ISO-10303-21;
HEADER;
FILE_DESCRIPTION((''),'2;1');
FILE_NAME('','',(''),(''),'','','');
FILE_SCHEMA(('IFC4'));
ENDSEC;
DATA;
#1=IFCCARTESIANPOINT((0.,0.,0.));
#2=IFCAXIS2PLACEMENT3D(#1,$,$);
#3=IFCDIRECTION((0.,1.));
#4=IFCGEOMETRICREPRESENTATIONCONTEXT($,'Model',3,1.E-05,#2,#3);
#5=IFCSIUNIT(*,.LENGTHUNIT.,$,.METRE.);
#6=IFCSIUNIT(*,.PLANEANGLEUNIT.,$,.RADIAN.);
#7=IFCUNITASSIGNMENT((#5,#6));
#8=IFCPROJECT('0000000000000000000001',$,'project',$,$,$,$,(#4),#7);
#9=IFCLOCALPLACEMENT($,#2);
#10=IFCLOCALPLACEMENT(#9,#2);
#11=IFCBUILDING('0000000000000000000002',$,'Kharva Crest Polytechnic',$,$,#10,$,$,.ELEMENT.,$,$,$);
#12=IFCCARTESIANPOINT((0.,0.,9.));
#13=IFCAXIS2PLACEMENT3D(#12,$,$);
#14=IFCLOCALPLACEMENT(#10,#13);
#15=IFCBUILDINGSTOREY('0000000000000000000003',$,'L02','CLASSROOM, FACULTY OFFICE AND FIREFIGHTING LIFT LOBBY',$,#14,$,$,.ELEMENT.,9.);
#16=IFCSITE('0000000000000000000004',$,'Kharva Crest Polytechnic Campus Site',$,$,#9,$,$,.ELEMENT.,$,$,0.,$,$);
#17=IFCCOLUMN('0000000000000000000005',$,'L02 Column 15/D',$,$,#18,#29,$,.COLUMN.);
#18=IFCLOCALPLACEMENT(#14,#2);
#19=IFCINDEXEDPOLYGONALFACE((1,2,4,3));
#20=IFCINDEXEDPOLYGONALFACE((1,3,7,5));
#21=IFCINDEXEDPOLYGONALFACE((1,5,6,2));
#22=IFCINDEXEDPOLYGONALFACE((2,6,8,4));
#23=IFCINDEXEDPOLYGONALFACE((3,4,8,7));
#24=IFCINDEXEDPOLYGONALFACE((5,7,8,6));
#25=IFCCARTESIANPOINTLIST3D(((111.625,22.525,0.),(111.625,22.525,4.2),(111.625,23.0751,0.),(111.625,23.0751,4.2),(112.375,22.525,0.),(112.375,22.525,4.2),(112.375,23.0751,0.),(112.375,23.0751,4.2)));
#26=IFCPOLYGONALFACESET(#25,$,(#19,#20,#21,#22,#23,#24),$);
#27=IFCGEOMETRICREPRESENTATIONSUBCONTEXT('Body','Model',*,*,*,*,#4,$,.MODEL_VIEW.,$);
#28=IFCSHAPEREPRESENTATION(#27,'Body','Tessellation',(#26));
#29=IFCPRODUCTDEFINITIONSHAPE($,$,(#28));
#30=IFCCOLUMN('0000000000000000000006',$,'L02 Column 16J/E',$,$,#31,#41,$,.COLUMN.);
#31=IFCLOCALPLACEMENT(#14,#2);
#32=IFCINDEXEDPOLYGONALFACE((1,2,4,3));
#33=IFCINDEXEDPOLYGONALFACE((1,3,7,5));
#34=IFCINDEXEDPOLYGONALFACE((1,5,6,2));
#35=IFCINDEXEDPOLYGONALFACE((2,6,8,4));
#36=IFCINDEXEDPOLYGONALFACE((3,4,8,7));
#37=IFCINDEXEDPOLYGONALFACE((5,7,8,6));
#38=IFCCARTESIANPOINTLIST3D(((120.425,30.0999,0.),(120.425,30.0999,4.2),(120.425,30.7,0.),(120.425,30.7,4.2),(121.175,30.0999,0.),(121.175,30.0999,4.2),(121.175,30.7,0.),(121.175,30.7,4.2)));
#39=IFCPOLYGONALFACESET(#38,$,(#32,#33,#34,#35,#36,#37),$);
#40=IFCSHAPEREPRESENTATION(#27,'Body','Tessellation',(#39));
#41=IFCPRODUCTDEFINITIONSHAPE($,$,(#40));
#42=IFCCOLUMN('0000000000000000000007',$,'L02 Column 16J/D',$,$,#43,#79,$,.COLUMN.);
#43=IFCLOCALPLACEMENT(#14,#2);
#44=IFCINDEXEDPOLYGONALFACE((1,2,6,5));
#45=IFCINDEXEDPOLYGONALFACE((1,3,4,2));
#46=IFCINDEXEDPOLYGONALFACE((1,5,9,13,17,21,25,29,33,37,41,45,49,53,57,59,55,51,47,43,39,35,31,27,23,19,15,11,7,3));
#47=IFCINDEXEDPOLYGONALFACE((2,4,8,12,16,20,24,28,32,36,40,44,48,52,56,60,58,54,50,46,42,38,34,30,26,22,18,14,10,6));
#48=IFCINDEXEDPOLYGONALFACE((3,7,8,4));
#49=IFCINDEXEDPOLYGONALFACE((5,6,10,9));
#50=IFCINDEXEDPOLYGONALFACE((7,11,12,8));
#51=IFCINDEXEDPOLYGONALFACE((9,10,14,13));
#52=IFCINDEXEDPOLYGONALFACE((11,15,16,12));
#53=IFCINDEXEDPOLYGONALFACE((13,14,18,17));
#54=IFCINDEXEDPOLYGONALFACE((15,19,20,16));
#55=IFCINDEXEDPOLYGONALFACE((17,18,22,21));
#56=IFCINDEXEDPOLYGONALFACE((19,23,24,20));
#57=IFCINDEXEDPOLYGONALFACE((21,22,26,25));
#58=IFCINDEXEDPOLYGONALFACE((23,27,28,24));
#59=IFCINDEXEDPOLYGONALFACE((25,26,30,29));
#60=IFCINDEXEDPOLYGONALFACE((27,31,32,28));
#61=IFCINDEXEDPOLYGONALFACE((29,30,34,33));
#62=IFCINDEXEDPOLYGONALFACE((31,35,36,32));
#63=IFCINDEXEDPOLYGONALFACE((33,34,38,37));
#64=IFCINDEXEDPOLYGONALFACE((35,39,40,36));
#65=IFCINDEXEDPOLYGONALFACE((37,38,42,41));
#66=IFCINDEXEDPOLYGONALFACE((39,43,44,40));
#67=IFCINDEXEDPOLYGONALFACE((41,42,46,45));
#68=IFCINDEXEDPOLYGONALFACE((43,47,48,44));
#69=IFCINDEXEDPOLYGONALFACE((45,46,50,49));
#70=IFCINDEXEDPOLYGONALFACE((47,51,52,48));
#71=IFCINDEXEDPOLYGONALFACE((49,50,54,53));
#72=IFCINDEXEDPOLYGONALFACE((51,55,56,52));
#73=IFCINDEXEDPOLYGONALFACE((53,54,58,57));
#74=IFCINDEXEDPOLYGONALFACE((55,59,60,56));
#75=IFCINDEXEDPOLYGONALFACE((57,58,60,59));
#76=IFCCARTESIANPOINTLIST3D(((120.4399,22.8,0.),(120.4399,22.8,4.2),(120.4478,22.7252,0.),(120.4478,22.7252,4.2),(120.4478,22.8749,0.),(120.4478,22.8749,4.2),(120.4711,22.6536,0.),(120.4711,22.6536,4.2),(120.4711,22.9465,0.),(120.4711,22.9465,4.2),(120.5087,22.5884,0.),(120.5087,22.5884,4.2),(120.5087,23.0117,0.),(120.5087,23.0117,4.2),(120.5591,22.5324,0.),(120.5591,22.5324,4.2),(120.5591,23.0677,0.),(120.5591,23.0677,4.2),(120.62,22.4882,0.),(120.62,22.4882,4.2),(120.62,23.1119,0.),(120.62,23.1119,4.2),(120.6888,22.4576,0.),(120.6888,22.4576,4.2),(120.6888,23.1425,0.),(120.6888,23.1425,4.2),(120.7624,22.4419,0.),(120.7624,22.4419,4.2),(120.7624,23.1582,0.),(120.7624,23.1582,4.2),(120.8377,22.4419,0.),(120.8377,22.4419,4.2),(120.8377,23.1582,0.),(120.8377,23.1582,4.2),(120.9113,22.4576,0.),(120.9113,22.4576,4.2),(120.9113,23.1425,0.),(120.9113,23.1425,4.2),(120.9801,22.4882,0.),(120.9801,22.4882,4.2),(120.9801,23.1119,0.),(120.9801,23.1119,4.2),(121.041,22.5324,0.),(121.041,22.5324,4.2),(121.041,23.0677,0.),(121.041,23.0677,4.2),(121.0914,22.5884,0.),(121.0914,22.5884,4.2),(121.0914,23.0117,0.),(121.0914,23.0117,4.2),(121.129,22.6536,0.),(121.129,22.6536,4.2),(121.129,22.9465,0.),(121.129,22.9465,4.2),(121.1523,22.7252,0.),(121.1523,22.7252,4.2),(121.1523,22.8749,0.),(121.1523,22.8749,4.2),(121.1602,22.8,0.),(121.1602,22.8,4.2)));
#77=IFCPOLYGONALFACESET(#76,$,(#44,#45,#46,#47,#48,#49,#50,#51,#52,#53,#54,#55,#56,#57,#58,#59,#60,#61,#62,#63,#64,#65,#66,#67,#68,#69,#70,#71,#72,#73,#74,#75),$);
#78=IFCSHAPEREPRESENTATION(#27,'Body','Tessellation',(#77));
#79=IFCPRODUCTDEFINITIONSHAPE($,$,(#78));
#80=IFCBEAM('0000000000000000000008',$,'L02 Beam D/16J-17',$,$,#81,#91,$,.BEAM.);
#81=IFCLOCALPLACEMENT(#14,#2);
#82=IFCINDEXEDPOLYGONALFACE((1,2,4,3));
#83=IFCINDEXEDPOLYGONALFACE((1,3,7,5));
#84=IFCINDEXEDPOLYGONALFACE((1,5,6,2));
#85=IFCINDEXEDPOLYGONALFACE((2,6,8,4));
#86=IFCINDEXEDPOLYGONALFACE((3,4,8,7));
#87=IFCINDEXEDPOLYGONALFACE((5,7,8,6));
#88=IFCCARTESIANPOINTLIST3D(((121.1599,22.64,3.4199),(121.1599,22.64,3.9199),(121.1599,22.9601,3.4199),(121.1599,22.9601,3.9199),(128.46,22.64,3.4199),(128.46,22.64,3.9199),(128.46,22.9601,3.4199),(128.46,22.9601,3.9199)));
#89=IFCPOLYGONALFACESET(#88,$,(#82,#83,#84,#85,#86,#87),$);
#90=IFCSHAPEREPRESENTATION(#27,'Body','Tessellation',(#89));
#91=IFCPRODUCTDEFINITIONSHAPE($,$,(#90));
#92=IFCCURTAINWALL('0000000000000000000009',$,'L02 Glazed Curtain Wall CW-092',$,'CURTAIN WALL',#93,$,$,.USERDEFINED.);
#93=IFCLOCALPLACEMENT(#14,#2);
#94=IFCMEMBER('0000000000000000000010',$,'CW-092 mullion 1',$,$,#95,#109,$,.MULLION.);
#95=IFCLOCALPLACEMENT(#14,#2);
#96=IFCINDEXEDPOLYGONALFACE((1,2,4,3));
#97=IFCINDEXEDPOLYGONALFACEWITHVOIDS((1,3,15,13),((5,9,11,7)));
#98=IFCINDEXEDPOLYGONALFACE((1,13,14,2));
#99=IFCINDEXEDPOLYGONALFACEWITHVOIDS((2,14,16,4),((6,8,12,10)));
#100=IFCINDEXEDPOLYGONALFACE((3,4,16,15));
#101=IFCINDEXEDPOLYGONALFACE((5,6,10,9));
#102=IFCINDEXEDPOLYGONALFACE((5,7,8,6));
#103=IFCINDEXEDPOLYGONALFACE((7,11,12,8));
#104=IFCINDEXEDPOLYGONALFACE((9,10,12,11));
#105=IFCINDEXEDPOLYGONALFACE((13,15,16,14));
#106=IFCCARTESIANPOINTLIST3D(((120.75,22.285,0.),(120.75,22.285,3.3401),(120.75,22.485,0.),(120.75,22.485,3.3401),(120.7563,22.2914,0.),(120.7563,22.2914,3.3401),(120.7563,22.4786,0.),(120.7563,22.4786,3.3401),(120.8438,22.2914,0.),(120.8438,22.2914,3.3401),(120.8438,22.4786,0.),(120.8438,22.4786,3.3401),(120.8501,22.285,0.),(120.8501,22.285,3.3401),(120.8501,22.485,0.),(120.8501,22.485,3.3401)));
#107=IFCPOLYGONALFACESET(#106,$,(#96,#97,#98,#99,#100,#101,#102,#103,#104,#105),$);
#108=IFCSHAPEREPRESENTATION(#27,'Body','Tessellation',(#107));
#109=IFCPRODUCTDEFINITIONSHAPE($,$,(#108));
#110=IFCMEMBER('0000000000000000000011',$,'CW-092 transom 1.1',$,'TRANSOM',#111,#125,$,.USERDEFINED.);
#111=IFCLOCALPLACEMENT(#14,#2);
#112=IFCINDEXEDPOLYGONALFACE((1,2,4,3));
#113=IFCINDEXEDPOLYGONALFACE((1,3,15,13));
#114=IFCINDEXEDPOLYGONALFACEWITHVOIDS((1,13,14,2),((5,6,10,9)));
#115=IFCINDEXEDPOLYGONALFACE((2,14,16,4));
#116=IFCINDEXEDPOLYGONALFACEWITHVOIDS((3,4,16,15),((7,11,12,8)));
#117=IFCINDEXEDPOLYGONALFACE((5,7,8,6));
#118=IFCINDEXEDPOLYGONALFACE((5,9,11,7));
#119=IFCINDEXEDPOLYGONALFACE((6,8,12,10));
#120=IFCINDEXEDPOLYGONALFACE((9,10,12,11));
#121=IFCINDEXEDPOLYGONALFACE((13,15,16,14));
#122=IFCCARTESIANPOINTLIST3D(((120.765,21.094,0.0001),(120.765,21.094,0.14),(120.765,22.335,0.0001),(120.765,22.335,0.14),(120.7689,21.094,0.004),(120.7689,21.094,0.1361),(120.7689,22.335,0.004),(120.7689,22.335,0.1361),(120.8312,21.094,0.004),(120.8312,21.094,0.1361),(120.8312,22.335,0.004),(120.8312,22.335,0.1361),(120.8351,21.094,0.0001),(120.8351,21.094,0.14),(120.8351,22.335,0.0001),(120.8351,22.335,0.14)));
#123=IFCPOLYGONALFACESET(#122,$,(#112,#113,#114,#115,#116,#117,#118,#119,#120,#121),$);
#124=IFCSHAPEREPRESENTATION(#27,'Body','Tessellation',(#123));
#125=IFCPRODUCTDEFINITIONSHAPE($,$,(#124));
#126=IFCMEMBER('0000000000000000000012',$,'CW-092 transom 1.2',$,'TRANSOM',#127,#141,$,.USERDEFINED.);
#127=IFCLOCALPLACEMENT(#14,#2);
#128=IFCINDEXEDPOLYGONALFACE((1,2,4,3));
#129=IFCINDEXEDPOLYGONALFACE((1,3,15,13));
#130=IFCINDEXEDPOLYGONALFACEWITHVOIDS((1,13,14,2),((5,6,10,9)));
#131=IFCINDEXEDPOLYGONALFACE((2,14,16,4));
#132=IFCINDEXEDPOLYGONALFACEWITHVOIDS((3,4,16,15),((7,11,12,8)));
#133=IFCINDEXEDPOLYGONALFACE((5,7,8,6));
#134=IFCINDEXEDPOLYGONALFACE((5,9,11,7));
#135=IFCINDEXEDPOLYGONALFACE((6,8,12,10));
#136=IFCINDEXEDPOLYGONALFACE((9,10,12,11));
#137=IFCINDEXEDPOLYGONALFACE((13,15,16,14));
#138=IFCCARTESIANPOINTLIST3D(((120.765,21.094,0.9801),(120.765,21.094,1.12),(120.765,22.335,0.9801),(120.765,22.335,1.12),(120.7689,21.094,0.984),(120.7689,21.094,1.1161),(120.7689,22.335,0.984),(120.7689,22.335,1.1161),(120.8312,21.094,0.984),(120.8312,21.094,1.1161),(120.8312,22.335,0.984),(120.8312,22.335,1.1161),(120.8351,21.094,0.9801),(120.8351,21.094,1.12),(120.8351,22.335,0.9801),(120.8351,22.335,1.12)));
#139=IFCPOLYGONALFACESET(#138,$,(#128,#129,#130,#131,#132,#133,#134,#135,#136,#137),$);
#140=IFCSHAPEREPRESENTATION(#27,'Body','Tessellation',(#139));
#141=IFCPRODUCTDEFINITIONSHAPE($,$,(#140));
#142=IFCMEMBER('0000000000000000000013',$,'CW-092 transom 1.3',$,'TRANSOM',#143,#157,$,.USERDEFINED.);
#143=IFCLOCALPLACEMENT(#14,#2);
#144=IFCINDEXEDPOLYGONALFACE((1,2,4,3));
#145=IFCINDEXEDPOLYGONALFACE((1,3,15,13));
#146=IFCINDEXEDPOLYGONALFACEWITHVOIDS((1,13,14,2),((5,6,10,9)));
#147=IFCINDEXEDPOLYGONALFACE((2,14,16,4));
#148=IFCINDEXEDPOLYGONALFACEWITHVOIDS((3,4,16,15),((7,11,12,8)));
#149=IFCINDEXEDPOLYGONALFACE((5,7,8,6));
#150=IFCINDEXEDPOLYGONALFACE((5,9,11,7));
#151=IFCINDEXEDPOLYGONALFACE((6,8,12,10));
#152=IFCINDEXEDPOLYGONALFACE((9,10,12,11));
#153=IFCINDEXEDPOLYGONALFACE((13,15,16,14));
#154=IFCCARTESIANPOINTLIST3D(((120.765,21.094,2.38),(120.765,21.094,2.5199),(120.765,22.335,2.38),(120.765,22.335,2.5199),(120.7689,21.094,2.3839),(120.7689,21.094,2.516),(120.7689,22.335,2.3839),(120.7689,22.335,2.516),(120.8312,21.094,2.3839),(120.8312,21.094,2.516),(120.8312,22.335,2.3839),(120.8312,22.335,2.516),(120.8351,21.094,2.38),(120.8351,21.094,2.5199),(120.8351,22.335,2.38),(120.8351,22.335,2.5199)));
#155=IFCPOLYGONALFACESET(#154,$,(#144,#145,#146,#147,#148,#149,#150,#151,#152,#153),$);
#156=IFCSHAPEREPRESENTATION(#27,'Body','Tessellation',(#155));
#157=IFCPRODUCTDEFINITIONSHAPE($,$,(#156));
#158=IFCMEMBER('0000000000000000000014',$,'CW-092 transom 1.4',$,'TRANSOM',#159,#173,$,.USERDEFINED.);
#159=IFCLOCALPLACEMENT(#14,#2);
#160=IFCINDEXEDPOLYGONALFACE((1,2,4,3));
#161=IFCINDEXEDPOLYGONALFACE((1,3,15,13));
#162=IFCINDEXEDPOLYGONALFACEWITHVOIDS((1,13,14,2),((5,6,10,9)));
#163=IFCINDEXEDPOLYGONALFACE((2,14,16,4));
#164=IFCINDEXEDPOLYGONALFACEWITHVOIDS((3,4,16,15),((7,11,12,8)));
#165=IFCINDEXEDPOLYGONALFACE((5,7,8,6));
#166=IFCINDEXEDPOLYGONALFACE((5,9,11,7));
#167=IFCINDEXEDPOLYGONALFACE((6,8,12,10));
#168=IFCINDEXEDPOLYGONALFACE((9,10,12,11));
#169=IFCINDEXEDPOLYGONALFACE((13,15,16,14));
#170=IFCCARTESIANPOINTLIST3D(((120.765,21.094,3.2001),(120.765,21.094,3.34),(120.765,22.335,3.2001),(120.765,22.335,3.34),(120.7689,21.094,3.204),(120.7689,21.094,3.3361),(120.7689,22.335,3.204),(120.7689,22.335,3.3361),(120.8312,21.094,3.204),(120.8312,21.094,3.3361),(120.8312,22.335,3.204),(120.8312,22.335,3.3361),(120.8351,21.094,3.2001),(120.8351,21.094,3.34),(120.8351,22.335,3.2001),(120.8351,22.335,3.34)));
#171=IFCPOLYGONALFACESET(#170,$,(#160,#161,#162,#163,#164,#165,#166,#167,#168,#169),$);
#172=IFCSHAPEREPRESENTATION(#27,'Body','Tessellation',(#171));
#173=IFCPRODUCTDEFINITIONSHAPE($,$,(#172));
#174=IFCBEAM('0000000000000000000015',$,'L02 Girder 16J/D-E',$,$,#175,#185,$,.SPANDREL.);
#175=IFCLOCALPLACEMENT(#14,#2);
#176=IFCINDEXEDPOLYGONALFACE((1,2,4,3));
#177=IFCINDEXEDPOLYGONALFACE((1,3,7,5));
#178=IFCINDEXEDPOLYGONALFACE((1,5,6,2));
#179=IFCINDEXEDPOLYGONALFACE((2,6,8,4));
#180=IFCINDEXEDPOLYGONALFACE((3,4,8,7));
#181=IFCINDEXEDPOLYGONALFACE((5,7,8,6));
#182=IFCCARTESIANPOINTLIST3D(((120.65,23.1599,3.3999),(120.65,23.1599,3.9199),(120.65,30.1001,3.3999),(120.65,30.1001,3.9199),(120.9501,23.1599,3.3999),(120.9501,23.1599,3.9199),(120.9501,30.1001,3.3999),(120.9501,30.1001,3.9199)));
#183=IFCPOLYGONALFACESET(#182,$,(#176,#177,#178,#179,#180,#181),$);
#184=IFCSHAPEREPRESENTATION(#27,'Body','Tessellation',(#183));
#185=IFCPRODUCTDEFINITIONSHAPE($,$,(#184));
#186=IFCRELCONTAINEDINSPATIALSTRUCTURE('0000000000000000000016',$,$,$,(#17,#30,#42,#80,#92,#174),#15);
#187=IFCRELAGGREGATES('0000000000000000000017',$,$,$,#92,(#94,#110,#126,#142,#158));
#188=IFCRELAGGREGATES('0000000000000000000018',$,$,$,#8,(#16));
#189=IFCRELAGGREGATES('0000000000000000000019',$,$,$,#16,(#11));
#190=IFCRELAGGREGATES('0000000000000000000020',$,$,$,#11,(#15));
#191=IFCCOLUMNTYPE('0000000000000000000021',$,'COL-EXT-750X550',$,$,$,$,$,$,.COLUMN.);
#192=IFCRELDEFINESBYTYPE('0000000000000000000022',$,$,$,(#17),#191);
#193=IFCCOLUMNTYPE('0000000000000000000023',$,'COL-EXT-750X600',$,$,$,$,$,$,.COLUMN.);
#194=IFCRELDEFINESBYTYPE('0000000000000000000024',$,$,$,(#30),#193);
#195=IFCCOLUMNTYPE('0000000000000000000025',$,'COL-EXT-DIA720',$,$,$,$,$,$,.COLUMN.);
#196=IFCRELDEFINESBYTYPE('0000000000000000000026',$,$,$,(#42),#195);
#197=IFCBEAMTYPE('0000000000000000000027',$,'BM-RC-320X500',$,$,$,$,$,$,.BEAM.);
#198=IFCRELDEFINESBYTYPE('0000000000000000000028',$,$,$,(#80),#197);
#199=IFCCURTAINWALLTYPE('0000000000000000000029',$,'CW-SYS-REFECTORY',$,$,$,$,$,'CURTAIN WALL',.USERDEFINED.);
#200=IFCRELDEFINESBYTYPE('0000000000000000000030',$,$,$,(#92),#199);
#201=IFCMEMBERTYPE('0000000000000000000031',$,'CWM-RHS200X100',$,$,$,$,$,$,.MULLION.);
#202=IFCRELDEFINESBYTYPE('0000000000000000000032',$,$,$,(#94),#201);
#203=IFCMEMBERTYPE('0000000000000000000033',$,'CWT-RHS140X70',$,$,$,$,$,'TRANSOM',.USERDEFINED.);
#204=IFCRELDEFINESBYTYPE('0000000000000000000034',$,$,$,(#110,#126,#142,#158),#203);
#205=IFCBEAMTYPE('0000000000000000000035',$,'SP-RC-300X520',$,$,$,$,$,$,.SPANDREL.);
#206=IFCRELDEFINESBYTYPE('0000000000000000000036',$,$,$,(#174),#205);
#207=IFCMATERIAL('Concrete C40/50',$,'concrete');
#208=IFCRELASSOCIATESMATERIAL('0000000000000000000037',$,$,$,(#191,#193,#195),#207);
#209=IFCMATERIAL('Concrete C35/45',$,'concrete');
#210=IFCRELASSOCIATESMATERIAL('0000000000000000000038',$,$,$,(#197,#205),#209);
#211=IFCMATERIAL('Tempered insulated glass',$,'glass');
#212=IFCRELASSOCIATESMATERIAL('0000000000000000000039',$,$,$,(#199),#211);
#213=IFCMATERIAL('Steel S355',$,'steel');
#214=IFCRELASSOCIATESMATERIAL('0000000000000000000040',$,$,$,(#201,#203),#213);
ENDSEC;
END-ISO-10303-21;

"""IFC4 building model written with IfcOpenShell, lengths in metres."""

from ifc_helpers import new_model, si_unit, direction, frame, origin, origin_2d, place, context, subcontext, project, spatial, rectangle, hollow_rectangle, circle, extrude, material, material_profile, profile_set, type_object, element, aggregate, save


model = new_model("IFC4")

# Units and contexts
model_context = context("Model", 3, precision=1e-05, world=origin(), true_north=direction((0.0, 1.0)))
body_context = subcontext(model_context, "Body", "Model", "MODEL_VIEW")
ifc_project = project(units=[si_unit("LENGTHUNIT", "METRE"), si_unit("PLANEANGLEUNIT", "RADIAN")], contexts=[model_context])

# Site, building, storey
site_placement = place(None, origin())
site = spatial("IfcSite", under=ifc_project, at=site_placement, Name="Kharva Crest Polytechnic Campus Site", CompositionType="ELEMENT", RefElevation=0.0)
building_placement = place(site_placement, origin())
building = spatial("IfcBuilding", under=site, at=building_placement, Name="Kharva Crest Polytechnic", CompositionType="ELEMENT")
storey_placement = place(building_placement, frame((0.0, 0.0, 9.0)))
storey = spatial("IfcBuildingStorey", under=building, at=storey_placement, Name="L02", Description="CLASSROOM, FACULTY OFFICE AND FIREFIGHTING LIFT LOBBY", CompositionType="ELEMENT", Elevation=9.0)

# Columns
ifc_material_1 = material(Name="Concrete C40/50", Category="concrete")
ifc_material_profile_1 = material_profile(ifc_material_1, rectangle(XDim=0.75, YDim=0.55, at=origin_2d()), Name="RECT 750 X 550")
ifc_profile_set_1 = profile_set([ifc_material_profile_1], Name="Concrete C40/50")
column_type_1 = type_object("IfcColumnType", Name="COL-EXT-750X550", PredefinedType="COLUMN", material=ifc_profile_set_1)
column_1_placement = place(storey_placement, frame((112.0, 22.8, 0.0), z_axis=(0.0, 0.0, 1.0), x_axis=(1.0, 0.0, 0.0)))
element("IfcColumn", 1, at=column_1_placement, inside=storey, type_object=column_type_1, Name="L02 Column 15/D", PredefinedType="COLUMN", context=body_context, shape_type="SweptSolid", body=[
    extrude(rectangle(XDim=0.75, YDim=0.55, at=origin_2d()), origin(), (0.0, 0.0, 1.0), 4.2),
])
ifc_material_profile_2 = material_profile(ifc_material_1, rectangle(XDim=0.75, YDim=0.6001, at=origin_2d()), Name="RECT 750 X 600")
ifc_profile_set_2 = profile_set([ifc_material_profile_2], Name="Concrete C40/50")
column_type_2 = type_object("IfcColumnType", Name="COL-EXT-750X600", PredefinedType="COLUMN", material=ifc_profile_set_2)
column_2_placement = place(storey_placement, frame((120.8, 30.3999, 0.0), z_axis=(0.0, 0.0, 1.0), x_axis=(1.0, 0.0, 0.0)))
element("IfcColumn", 2, at=column_2_placement, inside=storey, type_object=column_type_2, Name="L02 Column 16J/E", PredefinedType="COLUMN", context=body_context, shape_type="SweptSolid", body=[
    extrude(rectangle(XDim=0.75, YDim=0.6001, at=origin_2d()), origin(), (0.0, 0.0, 1.0), 4.2),
])
ifc_material_profile_3 = material_profile(ifc_material_1, circle(Radius=0.3601, at=origin_2d()), Name="DIA 720")
ifc_profile_set_3 = profile_set([ifc_material_profile_3], Name="Concrete C40/50")
column_type_3 = type_object("IfcColumnType", Name="COL-EXT-DIA720", PredefinedType="COLUMN", material=ifc_profile_set_3)
column_3_placement = place(storey_placement, frame((120.8, 22.8, 0.0), z_axis=(0.0, 0.0, 1.0), x_axis=(1.0, 0.0, 0.0)))
element("IfcColumn", 3, at=column_3_placement, inside=storey, type_object=column_type_3, Name="L02 Column 16J/D", PredefinedType="COLUMN", context=body_context, shape_type="SweptSolid", body=[
    extrude(circle(Radius=0.3601, at=origin_2d()), origin(), (0.0, 0.0, 1.0), 4.2),
])

# Beam
ifc_material_2 = material(Name="Concrete C35/45", Category="concrete")
ifc_material_profile_4 = material_profile(ifc_material_2, rectangle(XDim=0.3201, YDim=0.5, at=origin_2d()), Name="RECT 320 X 500")
ifc_profile_set_4 = profile_set([ifc_material_profile_4], Name="Concrete C35/45")
beam_type_1 = type_object("IfcBeamType", Name="BM-RC-320X500", PredefinedType="BEAM", material=ifc_profile_set_4)
beam_1_placement = place(storey_placement, frame((121.1599, 22.8, 3.6699), z_axis=(1.0, 0.0, 0.0), x_axis=(0.0, 1.0, 0.0)))
element("IfcBeam", 4, at=beam_1_placement, inside=storey, type_object=beam_type_1, Name="L02 Beam D/16J-17", PredefinedType="BEAM", context=body_context, shape_type="SweptSolid", body=[
    extrude(rectangle(XDim=0.3201, YDim=0.5, at=origin_2d()), origin(), (0.0, 0.0, 1.0), 7.3),
])

# Curtain wall, members
ifc_material_3 = material(Name="Tempered insulated glass", Category="glass")
curtain_wall_type = type_object("IfcCurtainWallType", Name="CW-SYS-REFECTORY", ElementType="CURTAIN WALL", PredefinedType="USERDEFINED", material=ifc_material_3)
curtain_wall_placement = place(storey_placement, origin())
curtain_wall = element("IfcCurtainWall", 5, at=curtain_wall_placement, inside=storey, type_object=curtain_wall_type, Name="L02 Glazed Curtain Wall CW-092", ObjectType="CURTAIN WALL", PredefinedType="USERDEFINED")
ifc_material_4 = material(Name="Steel S355", Category="steel")
ifc_material_profile_5 = material_profile(ifc_material_4, hollow_rectangle(XDim=0.1001, YDim=0.2, WallThickness=0.0063, at=origin_2d()), Name="RHS 200X100X6.3")
ifc_profile_set_5 = profile_set([ifc_material_profile_5], Name="Steel S355")
member_type_1 = type_object("IfcMemberType", Name="CWM-RHS200X100", PredefinedType="MULLION", material=ifc_profile_set_5)
member_1_placement = place(storey_placement, frame((120.8, 22.385, 0.0), z_axis=(0.0, 0.0, 1.0), x_axis=(1.0, 0.0, 0.0)))
member_1 = element("IfcMember", 6, at=member_1_placement, type_object=member_type_1, Name="CW-092 mullion 1", PredefinedType="MULLION", context=body_context, shape_type="SweptSolid", body=[
    extrude(hollow_rectangle(XDim=0.1001, YDim=0.2, WallThickness=0.0063, at=origin_2d()), origin(), (0.0, 0.0, 1.0), 3.3401),
])
ifc_material_profile_6 = material_profile(ifc_material_4, hollow_rectangle(XDim=0.0701, YDim=0.1399, WallThickness=0.0039, at=origin_2d()), Name="RHS 140X70X4.0")
ifc_profile_set_6 = profile_set([ifc_material_profile_6], Name="Steel S355")
member_type_2 = type_object("IfcMemberType", Name="CWT-RHS140X70", ElementType="TRANSOM", PredefinedType="USERDEFINED", material=ifc_profile_set_6)
member_2_placement = place(storey_placement, frame((120.8, 22.335, 0.0701), z_axis=(0.0, -1.0, 0.0), x_axis=(1.0, 0.0, 0.0)))
member_2 = element("IfcMember", 7, at=member_2_placement, type_object=member_type_2, Name="CW-092 transom 1.1", ObjectType="TRANSOM", PredefinedType="USERDEFINED", context=body_context, shape_type="SweptSolid", body=[
    extrude(hollow_rectangle(XDim=0.0701, YDim=0.1399, WallThickness=0.0039, at=origin_2d()), origin(), (0.0, 0.0, 1.0), 1.241),
])
member_3_placement = place(storey_placement, frame((120.8, 22.335, 1.05), z_axis=(0.0, -1.0, 0.0), x_axis=(1.0, 0.0, 0.0)))
member_3 = element("IfcMember", 8, at=member_3_placement, type_object=member_type_2, Name="CW-092 transom 1.2", ObjectType="TRANSOM", PredefinedType="USERDEFINED", context=body_context, shape_type="SweptSolid", body=[
    extrude(hollow_rectangle(XDim=0.0701, YDim=0.1399, WallThickness=0.0039, at=origin_2d()), origin(), (0.0, 0.0, 1.0), 1.241),
])
member_4_placement = place(storey_placement, frame((120.8, 22.335, 2.45), z_axis=(0.0, -1.0, 0.0), x_axis=(1.0, 0.0, 0.0)))
member_4 = element("IfcMember", 9, at=member_4_placement, type_object=member_type_2, Name="CW-092 transom 1.3", ObjectType="TRANSOM", PredefinedType="USERDEFINED", context=body_context, shape_type="SweptSolid", body=[
    extrude(hollow_rectangle(XDim=0.0701, YDim=0.1399, WallThickness=0.0039, at=origin_2d()), origin(), (0.0, 0.0, 1.0), 1.241),
])
member_5_placement = place(storey_placement, frame((120.8, 22.335, 3.27), z_axis=(0.0, -1.0, 0.0), x_axis=(1.0, 0.0, 0.0)))
member_5 = element("IfcMember", 10, at=member_5_placement, type_object=member_type_2, Name="CW-092 transom 1.4", ObjectType="TRANSOM", PredefinedType="USERDEFINED", context=body_context, shape_type="SweptSolid", body=[
    extrude(hollow_rectangle(XDim=0.0701, YDim=0.1399, WallThickness=0.0039, at=origin_2d()), origin(), (0.0, 0.0, 1.0), 1.241),
])

# Beam
ifc_material_profile_7 = material_profile(ifc_material_2, rectangle(XDim=0.3, YDim=0.52, at=origin_2d()), Name="RECT 300 X 520")
ifc_profile_set_7 = profile_set([ifc_material_profile_7], Name="Concrete C35/45")
beam_type_2 = type_object("IfcBeamType", Name="SP-RC-300X520", PredefinedType="SPANDREL", material=ifc_profile_set_7)
beam_2_placement = place(storey_placement, frame((120.8, 23.1599, 3.6599), z_axis=(0.0, 1.0, 0.0), x_axis=(-1.0, 0.0, 0.0)))
element("IfcBeam", 11, at=beam_2_placement, inside=storey, type_object=beam_type_2, Name="L02 Girder 16J/D-E", PredefinedType="SPANDREL", context=body_context, shape_type="SweptSolid", body=[
    extrude(rectangle(XDim=0.3, YDim=0.52, at=origin_2d()), origin(), (0.0, 0.0, 1.0), 6.9402),
])

aggregate(curtain_wall, [member_1, member_2, member_3, member_4, member_5])

save(model, "model.ifc")
